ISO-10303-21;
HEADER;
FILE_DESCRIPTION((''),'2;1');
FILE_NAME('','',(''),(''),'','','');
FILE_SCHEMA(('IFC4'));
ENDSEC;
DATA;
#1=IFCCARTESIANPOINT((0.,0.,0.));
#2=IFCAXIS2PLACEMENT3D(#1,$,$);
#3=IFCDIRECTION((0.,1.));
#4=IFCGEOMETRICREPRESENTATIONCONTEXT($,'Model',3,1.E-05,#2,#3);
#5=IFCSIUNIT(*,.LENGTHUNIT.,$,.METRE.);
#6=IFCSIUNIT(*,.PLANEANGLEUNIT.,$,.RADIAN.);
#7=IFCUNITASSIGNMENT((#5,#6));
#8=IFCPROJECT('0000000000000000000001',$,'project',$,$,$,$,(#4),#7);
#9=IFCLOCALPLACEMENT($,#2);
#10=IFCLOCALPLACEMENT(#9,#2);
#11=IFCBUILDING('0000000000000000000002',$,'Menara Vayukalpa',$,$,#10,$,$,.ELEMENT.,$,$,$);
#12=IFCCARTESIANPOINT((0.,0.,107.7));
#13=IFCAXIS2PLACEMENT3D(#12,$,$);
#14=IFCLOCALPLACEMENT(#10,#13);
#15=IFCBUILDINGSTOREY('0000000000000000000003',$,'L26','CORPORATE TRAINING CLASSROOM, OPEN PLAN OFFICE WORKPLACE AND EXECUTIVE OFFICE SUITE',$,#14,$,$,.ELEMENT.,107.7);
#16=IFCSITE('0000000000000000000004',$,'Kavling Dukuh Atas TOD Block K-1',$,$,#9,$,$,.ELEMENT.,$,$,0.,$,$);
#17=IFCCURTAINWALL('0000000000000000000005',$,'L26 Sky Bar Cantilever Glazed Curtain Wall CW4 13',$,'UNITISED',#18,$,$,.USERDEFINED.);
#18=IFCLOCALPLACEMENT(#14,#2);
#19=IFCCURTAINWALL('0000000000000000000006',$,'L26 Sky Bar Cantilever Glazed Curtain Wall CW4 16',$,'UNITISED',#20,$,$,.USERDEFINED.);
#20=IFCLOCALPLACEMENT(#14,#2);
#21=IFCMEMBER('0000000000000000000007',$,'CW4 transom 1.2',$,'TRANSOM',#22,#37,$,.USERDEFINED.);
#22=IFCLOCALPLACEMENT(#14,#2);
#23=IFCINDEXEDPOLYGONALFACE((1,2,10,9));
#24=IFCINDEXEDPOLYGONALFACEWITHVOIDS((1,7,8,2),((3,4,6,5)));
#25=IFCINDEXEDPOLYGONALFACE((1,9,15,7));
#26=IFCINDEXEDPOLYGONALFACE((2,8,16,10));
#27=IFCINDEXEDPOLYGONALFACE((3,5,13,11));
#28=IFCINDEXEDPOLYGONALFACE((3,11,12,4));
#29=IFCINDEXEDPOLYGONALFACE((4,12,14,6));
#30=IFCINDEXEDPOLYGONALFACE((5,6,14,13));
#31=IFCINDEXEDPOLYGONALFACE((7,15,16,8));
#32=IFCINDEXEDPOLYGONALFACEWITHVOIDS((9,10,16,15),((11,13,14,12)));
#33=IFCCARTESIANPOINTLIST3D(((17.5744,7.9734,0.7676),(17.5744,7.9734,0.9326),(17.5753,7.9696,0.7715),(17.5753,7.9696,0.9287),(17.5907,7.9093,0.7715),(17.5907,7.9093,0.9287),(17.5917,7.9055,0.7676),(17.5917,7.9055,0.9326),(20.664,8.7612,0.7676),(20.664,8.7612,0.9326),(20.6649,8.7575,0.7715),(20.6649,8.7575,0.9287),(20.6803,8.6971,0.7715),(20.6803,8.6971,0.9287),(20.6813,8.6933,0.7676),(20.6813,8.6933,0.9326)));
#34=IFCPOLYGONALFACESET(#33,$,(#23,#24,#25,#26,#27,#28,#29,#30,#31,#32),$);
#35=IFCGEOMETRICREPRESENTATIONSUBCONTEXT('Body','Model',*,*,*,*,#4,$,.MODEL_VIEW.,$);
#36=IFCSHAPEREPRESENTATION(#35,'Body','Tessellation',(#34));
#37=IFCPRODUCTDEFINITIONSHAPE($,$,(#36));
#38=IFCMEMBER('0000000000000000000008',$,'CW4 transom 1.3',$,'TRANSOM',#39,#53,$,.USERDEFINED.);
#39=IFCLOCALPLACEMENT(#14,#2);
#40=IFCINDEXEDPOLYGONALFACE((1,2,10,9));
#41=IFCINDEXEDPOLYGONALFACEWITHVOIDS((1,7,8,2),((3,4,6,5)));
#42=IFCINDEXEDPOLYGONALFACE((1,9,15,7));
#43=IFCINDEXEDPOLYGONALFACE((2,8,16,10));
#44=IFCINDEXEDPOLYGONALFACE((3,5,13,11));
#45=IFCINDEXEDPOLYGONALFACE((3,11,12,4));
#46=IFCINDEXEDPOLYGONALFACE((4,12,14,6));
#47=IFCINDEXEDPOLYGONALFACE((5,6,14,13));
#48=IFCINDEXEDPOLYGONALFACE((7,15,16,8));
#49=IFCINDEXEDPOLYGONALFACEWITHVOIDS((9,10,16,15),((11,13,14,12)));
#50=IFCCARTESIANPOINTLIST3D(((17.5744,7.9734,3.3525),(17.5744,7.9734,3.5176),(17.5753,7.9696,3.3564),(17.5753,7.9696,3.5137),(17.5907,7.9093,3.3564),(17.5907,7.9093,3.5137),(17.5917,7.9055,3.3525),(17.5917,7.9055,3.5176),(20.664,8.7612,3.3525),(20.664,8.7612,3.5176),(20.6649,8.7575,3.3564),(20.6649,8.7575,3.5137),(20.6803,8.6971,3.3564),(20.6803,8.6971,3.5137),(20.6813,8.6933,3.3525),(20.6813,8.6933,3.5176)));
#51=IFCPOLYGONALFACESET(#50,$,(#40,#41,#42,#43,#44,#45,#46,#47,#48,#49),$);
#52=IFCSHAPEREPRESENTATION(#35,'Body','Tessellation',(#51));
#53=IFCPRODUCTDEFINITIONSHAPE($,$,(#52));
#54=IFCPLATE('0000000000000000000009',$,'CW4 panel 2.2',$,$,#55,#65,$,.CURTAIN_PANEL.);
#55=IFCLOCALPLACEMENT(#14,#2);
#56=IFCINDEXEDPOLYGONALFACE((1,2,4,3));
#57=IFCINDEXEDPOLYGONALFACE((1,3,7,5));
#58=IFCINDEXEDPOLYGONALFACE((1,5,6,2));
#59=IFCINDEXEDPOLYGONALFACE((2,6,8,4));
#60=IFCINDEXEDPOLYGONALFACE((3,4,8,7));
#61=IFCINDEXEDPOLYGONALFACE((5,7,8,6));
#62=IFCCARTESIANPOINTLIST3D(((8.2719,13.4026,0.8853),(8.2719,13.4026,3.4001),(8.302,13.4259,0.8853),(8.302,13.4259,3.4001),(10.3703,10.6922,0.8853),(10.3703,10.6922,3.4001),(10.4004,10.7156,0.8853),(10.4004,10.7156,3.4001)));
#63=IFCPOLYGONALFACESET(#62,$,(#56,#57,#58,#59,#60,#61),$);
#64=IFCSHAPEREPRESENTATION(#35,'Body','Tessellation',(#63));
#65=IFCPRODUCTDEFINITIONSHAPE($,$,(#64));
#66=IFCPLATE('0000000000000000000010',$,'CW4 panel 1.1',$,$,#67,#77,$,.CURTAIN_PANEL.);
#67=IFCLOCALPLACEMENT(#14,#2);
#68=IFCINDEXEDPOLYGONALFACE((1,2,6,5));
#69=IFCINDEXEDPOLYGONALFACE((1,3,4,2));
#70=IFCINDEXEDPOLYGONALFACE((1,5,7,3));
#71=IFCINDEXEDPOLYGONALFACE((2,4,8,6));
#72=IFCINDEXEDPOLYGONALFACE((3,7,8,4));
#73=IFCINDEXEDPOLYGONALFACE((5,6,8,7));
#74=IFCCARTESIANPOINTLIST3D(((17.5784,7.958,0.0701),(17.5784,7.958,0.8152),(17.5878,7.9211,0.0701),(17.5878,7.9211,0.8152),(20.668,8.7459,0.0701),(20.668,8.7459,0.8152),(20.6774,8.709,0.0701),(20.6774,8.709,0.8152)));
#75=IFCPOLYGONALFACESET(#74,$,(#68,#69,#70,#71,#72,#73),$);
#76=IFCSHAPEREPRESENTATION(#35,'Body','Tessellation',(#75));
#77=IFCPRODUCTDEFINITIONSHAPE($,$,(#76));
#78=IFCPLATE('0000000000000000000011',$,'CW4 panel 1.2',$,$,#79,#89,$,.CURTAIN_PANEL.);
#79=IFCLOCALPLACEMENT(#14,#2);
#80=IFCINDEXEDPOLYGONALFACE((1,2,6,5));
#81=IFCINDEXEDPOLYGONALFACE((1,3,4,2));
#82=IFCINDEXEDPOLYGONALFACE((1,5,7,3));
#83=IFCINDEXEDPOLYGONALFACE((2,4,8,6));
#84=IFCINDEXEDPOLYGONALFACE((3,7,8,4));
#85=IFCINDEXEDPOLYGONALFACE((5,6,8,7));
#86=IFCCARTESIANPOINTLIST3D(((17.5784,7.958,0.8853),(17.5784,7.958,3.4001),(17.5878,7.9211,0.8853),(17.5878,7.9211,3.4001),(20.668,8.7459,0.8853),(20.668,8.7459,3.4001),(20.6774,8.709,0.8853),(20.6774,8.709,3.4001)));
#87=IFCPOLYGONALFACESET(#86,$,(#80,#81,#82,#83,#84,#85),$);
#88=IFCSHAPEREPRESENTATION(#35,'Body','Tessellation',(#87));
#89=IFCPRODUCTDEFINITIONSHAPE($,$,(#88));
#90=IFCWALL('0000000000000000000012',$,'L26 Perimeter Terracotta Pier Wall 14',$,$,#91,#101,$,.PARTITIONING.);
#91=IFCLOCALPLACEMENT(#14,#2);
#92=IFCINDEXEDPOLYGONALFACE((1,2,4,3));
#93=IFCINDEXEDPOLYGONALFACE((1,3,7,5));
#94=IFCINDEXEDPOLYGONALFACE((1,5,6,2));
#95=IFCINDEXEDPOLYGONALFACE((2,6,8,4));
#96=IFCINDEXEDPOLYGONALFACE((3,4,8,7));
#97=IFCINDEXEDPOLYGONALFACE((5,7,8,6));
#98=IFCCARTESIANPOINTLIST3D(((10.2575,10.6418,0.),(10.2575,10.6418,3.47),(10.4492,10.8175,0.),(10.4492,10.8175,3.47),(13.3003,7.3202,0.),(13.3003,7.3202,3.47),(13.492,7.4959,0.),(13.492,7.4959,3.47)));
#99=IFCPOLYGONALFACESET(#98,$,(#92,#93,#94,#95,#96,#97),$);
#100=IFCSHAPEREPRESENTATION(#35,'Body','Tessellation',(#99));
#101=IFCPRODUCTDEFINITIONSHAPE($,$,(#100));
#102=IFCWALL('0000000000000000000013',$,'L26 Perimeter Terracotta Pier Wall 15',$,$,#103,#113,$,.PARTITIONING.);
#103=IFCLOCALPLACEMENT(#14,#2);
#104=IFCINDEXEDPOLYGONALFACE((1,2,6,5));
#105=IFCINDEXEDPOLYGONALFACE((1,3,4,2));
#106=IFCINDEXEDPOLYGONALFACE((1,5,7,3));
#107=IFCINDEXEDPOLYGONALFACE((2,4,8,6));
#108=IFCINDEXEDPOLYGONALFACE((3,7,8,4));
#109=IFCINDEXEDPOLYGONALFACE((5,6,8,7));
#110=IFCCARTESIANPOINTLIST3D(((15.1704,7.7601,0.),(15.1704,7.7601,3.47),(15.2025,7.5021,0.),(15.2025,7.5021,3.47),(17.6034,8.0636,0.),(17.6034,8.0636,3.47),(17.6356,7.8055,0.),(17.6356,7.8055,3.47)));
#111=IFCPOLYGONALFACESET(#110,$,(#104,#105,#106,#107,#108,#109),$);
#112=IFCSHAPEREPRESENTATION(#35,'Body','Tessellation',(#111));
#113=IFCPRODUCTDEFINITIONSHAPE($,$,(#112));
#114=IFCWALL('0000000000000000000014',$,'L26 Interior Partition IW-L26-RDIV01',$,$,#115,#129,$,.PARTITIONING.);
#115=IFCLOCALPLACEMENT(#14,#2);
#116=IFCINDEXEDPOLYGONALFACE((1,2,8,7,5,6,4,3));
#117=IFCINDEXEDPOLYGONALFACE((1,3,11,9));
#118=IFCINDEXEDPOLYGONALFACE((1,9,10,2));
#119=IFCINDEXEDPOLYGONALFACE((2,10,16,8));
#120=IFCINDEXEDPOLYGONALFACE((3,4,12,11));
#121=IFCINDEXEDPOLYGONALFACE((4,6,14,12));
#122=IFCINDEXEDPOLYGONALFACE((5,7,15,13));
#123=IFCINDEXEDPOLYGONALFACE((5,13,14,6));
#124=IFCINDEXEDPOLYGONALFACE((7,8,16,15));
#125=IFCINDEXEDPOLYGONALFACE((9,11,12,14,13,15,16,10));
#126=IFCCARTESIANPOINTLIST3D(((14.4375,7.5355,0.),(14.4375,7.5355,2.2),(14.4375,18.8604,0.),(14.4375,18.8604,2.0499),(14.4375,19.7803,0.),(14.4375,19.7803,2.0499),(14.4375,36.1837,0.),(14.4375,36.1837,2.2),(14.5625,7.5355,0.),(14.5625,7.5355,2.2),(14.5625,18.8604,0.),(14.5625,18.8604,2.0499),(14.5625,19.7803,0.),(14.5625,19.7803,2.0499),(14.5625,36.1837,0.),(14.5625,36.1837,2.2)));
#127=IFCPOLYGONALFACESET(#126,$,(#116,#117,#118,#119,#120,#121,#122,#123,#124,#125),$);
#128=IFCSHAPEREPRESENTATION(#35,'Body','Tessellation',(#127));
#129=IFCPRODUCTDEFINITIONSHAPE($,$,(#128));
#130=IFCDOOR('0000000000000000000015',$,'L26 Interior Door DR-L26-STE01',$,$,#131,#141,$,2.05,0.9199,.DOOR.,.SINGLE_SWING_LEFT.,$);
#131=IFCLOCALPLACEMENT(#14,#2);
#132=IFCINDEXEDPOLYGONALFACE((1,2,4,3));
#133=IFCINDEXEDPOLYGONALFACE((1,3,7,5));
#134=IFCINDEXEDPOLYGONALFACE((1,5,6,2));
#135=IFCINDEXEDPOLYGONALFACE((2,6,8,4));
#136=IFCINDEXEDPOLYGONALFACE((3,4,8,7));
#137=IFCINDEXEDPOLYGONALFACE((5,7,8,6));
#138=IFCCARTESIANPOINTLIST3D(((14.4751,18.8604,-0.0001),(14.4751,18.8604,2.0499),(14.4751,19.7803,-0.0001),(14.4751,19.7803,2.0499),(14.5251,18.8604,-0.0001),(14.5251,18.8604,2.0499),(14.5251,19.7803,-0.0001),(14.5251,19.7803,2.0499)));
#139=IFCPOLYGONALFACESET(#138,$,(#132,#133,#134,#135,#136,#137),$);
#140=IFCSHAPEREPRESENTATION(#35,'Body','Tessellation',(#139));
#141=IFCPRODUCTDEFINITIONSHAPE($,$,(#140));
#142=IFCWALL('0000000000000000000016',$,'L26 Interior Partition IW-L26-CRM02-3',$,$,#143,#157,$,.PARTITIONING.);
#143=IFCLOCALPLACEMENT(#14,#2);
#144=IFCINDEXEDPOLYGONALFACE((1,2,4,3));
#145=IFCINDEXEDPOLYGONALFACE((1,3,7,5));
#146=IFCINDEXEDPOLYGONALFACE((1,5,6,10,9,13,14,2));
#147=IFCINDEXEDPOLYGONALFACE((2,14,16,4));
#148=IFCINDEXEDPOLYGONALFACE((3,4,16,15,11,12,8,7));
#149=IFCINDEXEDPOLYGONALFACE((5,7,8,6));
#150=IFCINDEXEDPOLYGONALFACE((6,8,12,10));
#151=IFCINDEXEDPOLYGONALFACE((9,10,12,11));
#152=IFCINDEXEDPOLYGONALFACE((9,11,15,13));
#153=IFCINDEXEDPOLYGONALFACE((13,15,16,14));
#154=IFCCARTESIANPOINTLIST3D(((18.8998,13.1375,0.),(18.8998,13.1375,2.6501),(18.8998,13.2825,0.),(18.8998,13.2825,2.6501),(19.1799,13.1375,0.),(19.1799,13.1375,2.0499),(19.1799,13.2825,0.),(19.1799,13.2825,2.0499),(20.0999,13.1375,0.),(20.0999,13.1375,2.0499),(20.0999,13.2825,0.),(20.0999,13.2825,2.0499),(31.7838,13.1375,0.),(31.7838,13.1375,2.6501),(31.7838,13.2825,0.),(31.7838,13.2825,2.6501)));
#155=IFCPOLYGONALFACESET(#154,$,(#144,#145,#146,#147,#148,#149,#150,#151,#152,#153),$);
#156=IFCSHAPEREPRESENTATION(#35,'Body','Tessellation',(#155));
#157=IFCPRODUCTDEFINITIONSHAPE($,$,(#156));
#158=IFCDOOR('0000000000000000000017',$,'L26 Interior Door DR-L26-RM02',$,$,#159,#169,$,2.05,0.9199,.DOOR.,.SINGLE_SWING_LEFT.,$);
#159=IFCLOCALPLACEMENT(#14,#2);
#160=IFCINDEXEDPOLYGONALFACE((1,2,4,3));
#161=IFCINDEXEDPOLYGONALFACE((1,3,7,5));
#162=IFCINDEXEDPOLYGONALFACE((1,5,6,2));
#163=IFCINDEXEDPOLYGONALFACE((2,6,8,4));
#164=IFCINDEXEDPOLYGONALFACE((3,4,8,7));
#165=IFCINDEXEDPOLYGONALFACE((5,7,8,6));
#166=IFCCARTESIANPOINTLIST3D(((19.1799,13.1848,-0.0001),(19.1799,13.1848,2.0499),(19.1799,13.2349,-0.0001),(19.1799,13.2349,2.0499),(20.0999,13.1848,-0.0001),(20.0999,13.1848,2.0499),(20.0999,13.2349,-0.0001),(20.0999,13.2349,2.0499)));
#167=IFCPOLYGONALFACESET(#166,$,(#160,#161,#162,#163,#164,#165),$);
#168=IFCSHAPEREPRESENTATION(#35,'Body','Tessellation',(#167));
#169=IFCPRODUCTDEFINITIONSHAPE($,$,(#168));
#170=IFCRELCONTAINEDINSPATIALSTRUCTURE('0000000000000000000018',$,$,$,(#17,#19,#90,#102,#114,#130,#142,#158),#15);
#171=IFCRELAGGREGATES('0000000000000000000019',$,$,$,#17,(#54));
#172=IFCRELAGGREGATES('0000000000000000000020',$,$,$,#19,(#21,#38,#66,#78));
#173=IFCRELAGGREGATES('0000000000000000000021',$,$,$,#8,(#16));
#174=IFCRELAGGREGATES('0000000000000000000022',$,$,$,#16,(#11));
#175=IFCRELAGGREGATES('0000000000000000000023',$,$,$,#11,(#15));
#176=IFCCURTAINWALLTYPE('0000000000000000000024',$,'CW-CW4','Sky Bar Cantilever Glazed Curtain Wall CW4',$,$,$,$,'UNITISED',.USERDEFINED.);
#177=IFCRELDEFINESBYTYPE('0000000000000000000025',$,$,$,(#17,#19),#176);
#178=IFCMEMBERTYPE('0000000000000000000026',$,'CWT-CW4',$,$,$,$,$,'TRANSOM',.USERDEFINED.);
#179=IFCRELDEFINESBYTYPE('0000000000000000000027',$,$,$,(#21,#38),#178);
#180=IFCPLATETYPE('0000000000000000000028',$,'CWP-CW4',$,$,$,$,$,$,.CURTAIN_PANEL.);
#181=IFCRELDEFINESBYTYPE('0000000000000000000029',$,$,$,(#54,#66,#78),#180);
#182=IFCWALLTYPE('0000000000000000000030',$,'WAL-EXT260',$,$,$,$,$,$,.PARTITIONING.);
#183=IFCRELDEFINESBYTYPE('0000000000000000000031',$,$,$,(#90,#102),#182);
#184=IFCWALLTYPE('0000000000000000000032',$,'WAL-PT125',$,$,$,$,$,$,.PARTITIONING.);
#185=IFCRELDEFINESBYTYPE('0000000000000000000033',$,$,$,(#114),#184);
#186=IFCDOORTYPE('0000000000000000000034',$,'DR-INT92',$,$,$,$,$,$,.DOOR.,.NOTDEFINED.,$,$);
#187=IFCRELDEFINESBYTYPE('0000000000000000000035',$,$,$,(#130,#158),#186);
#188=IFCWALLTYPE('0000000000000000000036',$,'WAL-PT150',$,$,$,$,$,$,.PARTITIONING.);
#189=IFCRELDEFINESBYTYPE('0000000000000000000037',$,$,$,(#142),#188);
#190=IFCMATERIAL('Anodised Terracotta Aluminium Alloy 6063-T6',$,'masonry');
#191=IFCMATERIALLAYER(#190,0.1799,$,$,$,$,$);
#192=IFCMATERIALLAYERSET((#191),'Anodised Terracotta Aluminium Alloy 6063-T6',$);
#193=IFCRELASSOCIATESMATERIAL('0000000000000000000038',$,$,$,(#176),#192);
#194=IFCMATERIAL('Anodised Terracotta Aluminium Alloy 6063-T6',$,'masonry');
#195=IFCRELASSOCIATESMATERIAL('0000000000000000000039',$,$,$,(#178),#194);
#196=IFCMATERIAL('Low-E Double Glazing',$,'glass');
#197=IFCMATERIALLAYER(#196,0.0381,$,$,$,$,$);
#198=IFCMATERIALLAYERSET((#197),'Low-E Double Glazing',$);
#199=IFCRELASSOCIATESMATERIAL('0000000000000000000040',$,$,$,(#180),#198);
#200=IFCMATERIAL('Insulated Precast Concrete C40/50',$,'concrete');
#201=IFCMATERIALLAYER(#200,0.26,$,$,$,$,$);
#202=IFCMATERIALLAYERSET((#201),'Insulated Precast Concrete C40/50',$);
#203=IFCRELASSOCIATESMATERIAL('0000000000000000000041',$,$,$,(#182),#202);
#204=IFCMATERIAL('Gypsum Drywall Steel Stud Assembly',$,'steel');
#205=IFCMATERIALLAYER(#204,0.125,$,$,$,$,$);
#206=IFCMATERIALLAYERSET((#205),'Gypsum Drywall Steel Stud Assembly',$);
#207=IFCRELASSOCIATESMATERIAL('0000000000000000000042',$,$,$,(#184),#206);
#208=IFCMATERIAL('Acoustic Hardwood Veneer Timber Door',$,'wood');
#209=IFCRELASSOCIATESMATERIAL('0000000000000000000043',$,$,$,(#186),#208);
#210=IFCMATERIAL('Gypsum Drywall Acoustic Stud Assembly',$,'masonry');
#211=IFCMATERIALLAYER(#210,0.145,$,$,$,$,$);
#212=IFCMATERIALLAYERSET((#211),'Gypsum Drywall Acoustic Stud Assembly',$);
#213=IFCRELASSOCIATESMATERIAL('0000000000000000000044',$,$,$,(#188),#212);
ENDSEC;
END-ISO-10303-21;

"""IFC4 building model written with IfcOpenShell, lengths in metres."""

from ifc_helpers import new_model, si_unit, direction, frame, frame_2d, origin, origin_2d, place, context, subcontext, project, spatial, rectangle, hollow_rectangle, extrude, material, layer, layer_set, material_profile, profile_set, type_object, element, fill, aggregate, save


model = new_model("IFC4")

# Units and contexts
model_context = context("Model", 3, precision=1e-05, world=origin(), true_north=direction((0.0, 1.0)))
body_context = subcontext(model_context, "Body", "Model", "MODEL_VIEW")
ifc_project = project(units=[si_unit("LENGTHUNIT", "METRE"), si_unit("PLANEANGLEUNIT", "RADIAN")], contexts=[model_context])

# Site, building, storey
site_placement = place(None, origin())
site = spatial("IfcSite", under=ifc_project, at=site_placement, Name="Kavling Dukuh Atas TOD Block K-1", CompositionType="ELEMENT", RefElevation=0.0)
building_placement = place(site_placement, origin())
building = spatial("IfcBuilding", under=site, at=building_placement, Name="Menara Vayukalpa", CompositionType="ELEMENT")
storey_placement = place(building_placement, frame((0.0, 0.0, 107.7)))
storey = spatial("IfcBuildingStorey", under=building, at=storey_placement, Name="L26", Description="CORPORATE TRAINING CLASSROOM, OPEN PLAN OFFICE WORKPLACE AND EXECUTIVE OFFICE SUITE", CompositionType="ELEMENT", Elevation=107.7)

# Curtain wall
ifc_material_1 = material(Name="Anodised Terracotta Aluminium Alloy 6063-T6", Category="masonry")
ifc_layer_1 = layer(ifc_material_1, 0.1799)
ifc_layer_set_1 = layer_set([ifc_layer_1], Name="Anodised Terracotta Aluminium Alloy 6063-T6")
curtain_wall_type = type_object("IfcCurtainWallType", Name="CW-CW4", Description="Sky Bar Cantilever Glazed Curtain Wall CW4", ElementType="UNITISED", PredefinedType="USERDEFINED", material=ifc_layer_set_1)
curtain_wall_1_placement = place(storey_placement, origin())
curtain_wall_1 = element("IfcCurtainWall", 1, at=curtain_wall_1_placement, inside=storey, type_object=curtain_wall_type, Name="L26 Sky Bar Cantilever Glazed Curtain Wall CW4 13", ObjectType="UNITISED", PredefinedType="USERDEFINED")

# Curtain wall, members
curtain_wall_2_placement = place(storey_placement, origin())
curtain_wall_2 = element("IfcCurtainWall", 2, at=curtain_wall_2_placement, inside=storey, type_object=curtain_wall_type, Name="L26 Sky Bar Cantilever Glazed Curtain Wall CW4 16", ObjectType="UNITISED", PredefinedType="USERDEFINED")
ifc_material_2 = material(Name="Anodised Terracotta Aluminium Alloy 6063-T6", Category="masonry")
ifc_material_profile_1 = material_profile(ifc_material_2, hollow_rectangle(XDim=0.0701, YDim=0.165, WallThickness=0.0039, at=origin_2d()), Name="ALU 70x165x4")
ifc_profile_set_1 = profile_set([ifc_material_profile_1], Name="Anodised Terracotta Aluminium Alloy 6063-T6")
member_type_1 = type_object("IfcMemberType", Name="CWT-CW4", ElementType="TRANSOM", PredefinedType="USERDEFINED", material=ifc_profile_set_1)
member_1_placement = place(storey_placement, frame((17.583, 7.9395, 0.8501), z_axis=(0.968992, 0.247091, 0.0), x_axis=(-0.247091, 0.968992, 0.0)))
member_1 = element("IfcMember", 3, at=member_1_placement, type_object=member_type_1, Name="CW4 transom 1.2", ObjectType="TRANSOM", PredefinedType="USERDEFINED", context=body_context, shape_type="SweptSolid", body=[
    extrude(hollow_rectangle(XDim=0.0701, YDim=0.165, WallThickness=0.0039, at=origin_2d()), origin(), (0.0, 0.0, 1.0), 3.1885),
])
member_2_placement = place(storey_placement, frame((17.583, 7.9395, 3.4351), z_axis=(0.968992, 0.247091, 0.0), x_axis=(-0.247091, 0.968992, 0.0)))
member_2 = element("IfcMember", 4, at=member_2_placement, type_object=member_type_1, Name="CW4 transom 1.3", ObjectType="TRANSOM", PredefinedType="USERDEFINED", context=body_context, shape_type="SweptSolid", body=[
    extrude(hollow_rectangle(XDim=0.0701, YDim=0.165, WallThickness=0.0039, at=origin_2d()), origin(), (0.0, 0.0, 1.0), 3.1885),
])

# Plates
ifc_material_3 = material(Name="Low-E Double Glazing", Category="glass")
ifc_layer_2 = layer(ifc_material_3, 0.0381)
ifc_layer_set_2 = layer_set([ifc_layer_2], Name="Low-E Double Glazing")
plate_type = type_object("IfcPlateType", Name="CWP-CW4", PredefinedType="CURTAIN_PANEL", material=ifc_layer_set_2)
plate_1_placement = place(storey_placement, frame((9.3362, 12.0591, 0.8853), z_axis=(0.0, 0.0, 1.0), x_axis=(0.612189, -0.790712, 0.0)))
plate_1 = element("IfcPlate", 5, at=plate_1_placement, type_object=plate_type, Name="CW4 panel 2.2", PredefinedType="CURTAIN_PANEL", context=body_context, shape_type="SweptSolid", body=[
    extrude(rectangle(XDim=3.4277, YDim=0.0381, at=origin_2d()), origin(), (0.0, 0.0, 1.0), 2.5149),
])
aggregate(curtain_wall_1, [plate_1])
plate_2_placement = place(storey_placement, frame((19.1279, 8.3335, 0.0701), z_axis=(0.0, 0.0, 1.0), x_axis=(0.968982, 0.247131, 0.0)))
plate_2 = element("IfcPlate", 6, at=plate_2_placement, type_object=plate_type, Name="CW4 panel 1.1", PredefinedType="CURTAIN_PANEL", context=body_context, shape_type="SweptSolid", body=[
    extrude(rectangle(XDim=3.1885, YDim=0.0381, at=origin_2d()), origin(), (0.0, 0.0, 1.0), 0.7451),
])
plate_3_placement = place(storey_placement, frame((19.1279, 8.3335, 0.8853), z_axis=(0.0, 0.0, 1.0), x_axis=(0.968982, 0.247131, 0.0)))
plate_3 = element("IfcPlate", 7, at=plate_3_placement, type_object=plate_type, Name="CW4 panel 1.2", PredefinedType="CURTAIN_PANEL", context=body_context, shape_type="SweptSolid", body=[
    extrude(rectangle(XDim=3.1885, YDim=0.0381, at=origin_2d()), origin(), (0.0, 0.0, 1.0), 2.5149),
])
aggregate(curtain_wall_2, [member_1, member_2, plate_2, plate_3])

# Walls
ifc_material_4 = material(Name="Insulated Precast Concrete C40/50", Category="concrete")
ifc_layer_3 = layer(ifc_material_4, 0.26)
ifc_layer_set_3 = layer_set([ifc_layer_3], Name="Insulated Precast Concrete C40/50")
wall_type_1 = type_object("IfcWallType", Name="WAL-EXT260", PredefinedType="PARTITIONING", material=ifc_layer_set_3)
wall_1_placement = place(storey_placement, frame((13.3962, 7.408, 0.0), z_axis=(0.0, 0.0, 1.0), x_axis=(-0.675482, 0.737377, 0.0)))
element("IfcWall", 8, at=wall_1_placement, inside=storey, type_object=wall_type_1, Name="L26 Perimeter Terracotta Pier Wall 14", PredefinedType="PARTITIONING", context=body_context, shape_type="SweptSolid", body=[
    extrude(rectangle(XDim=4.5046, YDim=0.26, at=frame_2d((2.2524, 0.0))), origin(), (0.0, 0.0, 1.0), 3.47),
])
wall_2_placement = place(storey_placement, frame((17.6196, 7.9346, 0.0), z_axis=(0.0, 0.0, 1.0), x_axis=(-0.992312, -0.123765, 0.0)))
element("IfcWall", 9, at=wall_2_placement, inside=storey, type_object=wall_type_1, Name="L26 Perimeter Terracotta Pier Wall 15", PredefinedType="PARTITIONING", context=body_context, shape_type="SweptSolid", body=[
    extrude(rectangle(XDim=2.4519, YDim=0.26, at=frame_2d((1.2261, 0.0))), origin(), (0.0, 0.0, 1.0), 3.47),
])

# Walls, openings, doors
ifc_material_5 = material(Name="Gypsum Drywall Steel Stud Assembly", Category="steel")
ifc_layer_4 = layer(ifc_material_5, 0.125)
ifc_layer_set_4 = layer_set([ifc_layer_4], Name="Gypsum Drywall Steel Stud Assembly")
wall_type_2 = type_object("IfcWallType", Name="WAL-PT125", PredefinedType="PARTITIONING", material=ifc_layer_set_4)
wall_3_placement = place(storey_placement, frame((14.5, 7.5354, 0.0), z_axis=(0.0, 0.0, 1.0), x_axis=(0.0, 1.0, 0.0)))
wall_3 = element("IfcWall", 10, at=wall_3_placement, inside=storey, type_object=wall_type_2, Name="L26 Interior Partition IW-L26-RDIV01", PredefinedType="PARTITIONING", context=body_context, shape_type="SweptSolid", body=[
    extrude(rectangle(XDim=28.6482, YDim=0.125, at=frame_2d((14.3242, 0.0))), origin(), (0.0, 0.0, 1.0), 2.2),
])
opening_1_placement = place(wall_3_placement, frame((11.325, 0.0, 0.0)))
opening_1 = element("IfcOpeningElement", 11, at=opening_1_placement, cuts=wall_3, PredefinedType="OPENING", context=body_context, shape_type="SweptSolid", body=[
    extrude(rectangle(XDim=0.9199, YDim=2.05, at=frame_2d((0.46, 1.0249))), frame((0.0, 0.0725, 0.0), z_axis=(0.0, -1.0, 0.0), x_axis=(1.0, 0.0, 0.0)), (0.0, 0.0, 1.0), 0.145),
])
ifc_material_6 = material(Name="Acoustic Hardwood Veneer Timber Door", Category="wood")
door_type = type_object("IfcDoorType", Name="DR-INT92", OperationType="NOTDEFINED", PredefinedType="DOOR", material=ifc_material_6)
door_1_placement = place(opening_1_placement, origin())
door_1 = element("IfcDoor", 12, at=door_1_placement, inside=storey, type_object=door_type, Name="L26 Interior Door DR-L26-STE01", OperationType="SINGLE_SWING_LEFT", OverallHeight=2.05, OverallWidth=0.9199, PredefinedType="DOOR", context=body_context, shape_type="SweptSolid", body=[
    extrude(rectangle(XDim=0.9199, YDim=2.05, at=frame_2d((0.46, 1.0249))), frame((0.0, 0.0249, 0.0), z_axis=(0.0, -1.0, 0.0), x_axis=(1.0, 0.0, 0.0)), (0.0, 0.0, 1.0), 0.05),
])
fill(opening_1, door_1)
ifc_material_7 = material(Name="Gypsum Drywall Acoustic Stud Assembly", Category="masonry")
ifc_layer_5 = layer(ifc_material_7, 0.145)
ifc_layer_set_5 = layer_set([ifc_layer_5], Name="Gypsum Drywall Acoustic Stud Assembly")
wall_type_3 = type_object("IfcWallType", Name="WAL-PT150", PredefinedType="PARTITIONING", material=ifc_layer_set_5)
wall_4_placement = place(storey_placement, frame((18.8999, 13.21, 0.0), z_axis=(0.0, 0.0, 1.0), x_axis=(1.0, 0.0, 0.0)))
wall_4 = element("IfcWall", 13, at=wall_4_placement, inside=storey, type_object=wall_type_3, Name="L26 Interior Partition IW-L26-CRM02-3", PredefinedType="PARTITIONING", context=body_context, shape_type="SweptSolid", body=[
    extrude(rectangle(XDim=12.884, YDim=0.145, at=frame_2d((6.4419, 0.0))), origin(), (0.0, 0.0, 1.0), 2.6501),
])
opening_2_placement = place(wall_4_placement, frame((0.28, 0.0, 0.0)))
opening_2 = element("IfcOpeningElement", 14, at=opening_2_placement, cuts=wall_4, PredefinedType="OPENING", context=body_context, shape_type="SweptSolid", body=[
    extrude(rectangle(XDim=0.9199, YDim=2.05, at=frame_2d((0.46, 1.0249))), frame((0.0, 0.0825, 0.0), z_axis=(0.0, -1.0, 0.0), x_axis=(1.0, 0.0, 0.0)), (0.0, 0.0, 1.0), 0.165),
])
door_2_placement = place(opening_2_placement, origin())
door_2 = element("IfcDoor", 15, at=door_2_placement, inside=storey, type_object=door_type, Name="L26 Interior Door DR-L26-RM02", OperationType="SINGLE_SWING_LEFT", OverallHeight=2.05, OverallWidth=0.9199, PredefinedType="DOOR", context=body_context, shape_type="SweptSolid", body=[
    extrude(rectangle(XDim=0.9199, YDim=2.05, at=frame_2d((0.46, 1.0249))), frame((0.0, 0.0249, 0.0), z_axis=(0.0, -1.0, 0.0), x_axis=(1.0, 0.0, 0.0)), (0.0, 0.0, 1.0), 0.05),
])
fill(opening_2, door_2)

save(model, "model.ifc")
